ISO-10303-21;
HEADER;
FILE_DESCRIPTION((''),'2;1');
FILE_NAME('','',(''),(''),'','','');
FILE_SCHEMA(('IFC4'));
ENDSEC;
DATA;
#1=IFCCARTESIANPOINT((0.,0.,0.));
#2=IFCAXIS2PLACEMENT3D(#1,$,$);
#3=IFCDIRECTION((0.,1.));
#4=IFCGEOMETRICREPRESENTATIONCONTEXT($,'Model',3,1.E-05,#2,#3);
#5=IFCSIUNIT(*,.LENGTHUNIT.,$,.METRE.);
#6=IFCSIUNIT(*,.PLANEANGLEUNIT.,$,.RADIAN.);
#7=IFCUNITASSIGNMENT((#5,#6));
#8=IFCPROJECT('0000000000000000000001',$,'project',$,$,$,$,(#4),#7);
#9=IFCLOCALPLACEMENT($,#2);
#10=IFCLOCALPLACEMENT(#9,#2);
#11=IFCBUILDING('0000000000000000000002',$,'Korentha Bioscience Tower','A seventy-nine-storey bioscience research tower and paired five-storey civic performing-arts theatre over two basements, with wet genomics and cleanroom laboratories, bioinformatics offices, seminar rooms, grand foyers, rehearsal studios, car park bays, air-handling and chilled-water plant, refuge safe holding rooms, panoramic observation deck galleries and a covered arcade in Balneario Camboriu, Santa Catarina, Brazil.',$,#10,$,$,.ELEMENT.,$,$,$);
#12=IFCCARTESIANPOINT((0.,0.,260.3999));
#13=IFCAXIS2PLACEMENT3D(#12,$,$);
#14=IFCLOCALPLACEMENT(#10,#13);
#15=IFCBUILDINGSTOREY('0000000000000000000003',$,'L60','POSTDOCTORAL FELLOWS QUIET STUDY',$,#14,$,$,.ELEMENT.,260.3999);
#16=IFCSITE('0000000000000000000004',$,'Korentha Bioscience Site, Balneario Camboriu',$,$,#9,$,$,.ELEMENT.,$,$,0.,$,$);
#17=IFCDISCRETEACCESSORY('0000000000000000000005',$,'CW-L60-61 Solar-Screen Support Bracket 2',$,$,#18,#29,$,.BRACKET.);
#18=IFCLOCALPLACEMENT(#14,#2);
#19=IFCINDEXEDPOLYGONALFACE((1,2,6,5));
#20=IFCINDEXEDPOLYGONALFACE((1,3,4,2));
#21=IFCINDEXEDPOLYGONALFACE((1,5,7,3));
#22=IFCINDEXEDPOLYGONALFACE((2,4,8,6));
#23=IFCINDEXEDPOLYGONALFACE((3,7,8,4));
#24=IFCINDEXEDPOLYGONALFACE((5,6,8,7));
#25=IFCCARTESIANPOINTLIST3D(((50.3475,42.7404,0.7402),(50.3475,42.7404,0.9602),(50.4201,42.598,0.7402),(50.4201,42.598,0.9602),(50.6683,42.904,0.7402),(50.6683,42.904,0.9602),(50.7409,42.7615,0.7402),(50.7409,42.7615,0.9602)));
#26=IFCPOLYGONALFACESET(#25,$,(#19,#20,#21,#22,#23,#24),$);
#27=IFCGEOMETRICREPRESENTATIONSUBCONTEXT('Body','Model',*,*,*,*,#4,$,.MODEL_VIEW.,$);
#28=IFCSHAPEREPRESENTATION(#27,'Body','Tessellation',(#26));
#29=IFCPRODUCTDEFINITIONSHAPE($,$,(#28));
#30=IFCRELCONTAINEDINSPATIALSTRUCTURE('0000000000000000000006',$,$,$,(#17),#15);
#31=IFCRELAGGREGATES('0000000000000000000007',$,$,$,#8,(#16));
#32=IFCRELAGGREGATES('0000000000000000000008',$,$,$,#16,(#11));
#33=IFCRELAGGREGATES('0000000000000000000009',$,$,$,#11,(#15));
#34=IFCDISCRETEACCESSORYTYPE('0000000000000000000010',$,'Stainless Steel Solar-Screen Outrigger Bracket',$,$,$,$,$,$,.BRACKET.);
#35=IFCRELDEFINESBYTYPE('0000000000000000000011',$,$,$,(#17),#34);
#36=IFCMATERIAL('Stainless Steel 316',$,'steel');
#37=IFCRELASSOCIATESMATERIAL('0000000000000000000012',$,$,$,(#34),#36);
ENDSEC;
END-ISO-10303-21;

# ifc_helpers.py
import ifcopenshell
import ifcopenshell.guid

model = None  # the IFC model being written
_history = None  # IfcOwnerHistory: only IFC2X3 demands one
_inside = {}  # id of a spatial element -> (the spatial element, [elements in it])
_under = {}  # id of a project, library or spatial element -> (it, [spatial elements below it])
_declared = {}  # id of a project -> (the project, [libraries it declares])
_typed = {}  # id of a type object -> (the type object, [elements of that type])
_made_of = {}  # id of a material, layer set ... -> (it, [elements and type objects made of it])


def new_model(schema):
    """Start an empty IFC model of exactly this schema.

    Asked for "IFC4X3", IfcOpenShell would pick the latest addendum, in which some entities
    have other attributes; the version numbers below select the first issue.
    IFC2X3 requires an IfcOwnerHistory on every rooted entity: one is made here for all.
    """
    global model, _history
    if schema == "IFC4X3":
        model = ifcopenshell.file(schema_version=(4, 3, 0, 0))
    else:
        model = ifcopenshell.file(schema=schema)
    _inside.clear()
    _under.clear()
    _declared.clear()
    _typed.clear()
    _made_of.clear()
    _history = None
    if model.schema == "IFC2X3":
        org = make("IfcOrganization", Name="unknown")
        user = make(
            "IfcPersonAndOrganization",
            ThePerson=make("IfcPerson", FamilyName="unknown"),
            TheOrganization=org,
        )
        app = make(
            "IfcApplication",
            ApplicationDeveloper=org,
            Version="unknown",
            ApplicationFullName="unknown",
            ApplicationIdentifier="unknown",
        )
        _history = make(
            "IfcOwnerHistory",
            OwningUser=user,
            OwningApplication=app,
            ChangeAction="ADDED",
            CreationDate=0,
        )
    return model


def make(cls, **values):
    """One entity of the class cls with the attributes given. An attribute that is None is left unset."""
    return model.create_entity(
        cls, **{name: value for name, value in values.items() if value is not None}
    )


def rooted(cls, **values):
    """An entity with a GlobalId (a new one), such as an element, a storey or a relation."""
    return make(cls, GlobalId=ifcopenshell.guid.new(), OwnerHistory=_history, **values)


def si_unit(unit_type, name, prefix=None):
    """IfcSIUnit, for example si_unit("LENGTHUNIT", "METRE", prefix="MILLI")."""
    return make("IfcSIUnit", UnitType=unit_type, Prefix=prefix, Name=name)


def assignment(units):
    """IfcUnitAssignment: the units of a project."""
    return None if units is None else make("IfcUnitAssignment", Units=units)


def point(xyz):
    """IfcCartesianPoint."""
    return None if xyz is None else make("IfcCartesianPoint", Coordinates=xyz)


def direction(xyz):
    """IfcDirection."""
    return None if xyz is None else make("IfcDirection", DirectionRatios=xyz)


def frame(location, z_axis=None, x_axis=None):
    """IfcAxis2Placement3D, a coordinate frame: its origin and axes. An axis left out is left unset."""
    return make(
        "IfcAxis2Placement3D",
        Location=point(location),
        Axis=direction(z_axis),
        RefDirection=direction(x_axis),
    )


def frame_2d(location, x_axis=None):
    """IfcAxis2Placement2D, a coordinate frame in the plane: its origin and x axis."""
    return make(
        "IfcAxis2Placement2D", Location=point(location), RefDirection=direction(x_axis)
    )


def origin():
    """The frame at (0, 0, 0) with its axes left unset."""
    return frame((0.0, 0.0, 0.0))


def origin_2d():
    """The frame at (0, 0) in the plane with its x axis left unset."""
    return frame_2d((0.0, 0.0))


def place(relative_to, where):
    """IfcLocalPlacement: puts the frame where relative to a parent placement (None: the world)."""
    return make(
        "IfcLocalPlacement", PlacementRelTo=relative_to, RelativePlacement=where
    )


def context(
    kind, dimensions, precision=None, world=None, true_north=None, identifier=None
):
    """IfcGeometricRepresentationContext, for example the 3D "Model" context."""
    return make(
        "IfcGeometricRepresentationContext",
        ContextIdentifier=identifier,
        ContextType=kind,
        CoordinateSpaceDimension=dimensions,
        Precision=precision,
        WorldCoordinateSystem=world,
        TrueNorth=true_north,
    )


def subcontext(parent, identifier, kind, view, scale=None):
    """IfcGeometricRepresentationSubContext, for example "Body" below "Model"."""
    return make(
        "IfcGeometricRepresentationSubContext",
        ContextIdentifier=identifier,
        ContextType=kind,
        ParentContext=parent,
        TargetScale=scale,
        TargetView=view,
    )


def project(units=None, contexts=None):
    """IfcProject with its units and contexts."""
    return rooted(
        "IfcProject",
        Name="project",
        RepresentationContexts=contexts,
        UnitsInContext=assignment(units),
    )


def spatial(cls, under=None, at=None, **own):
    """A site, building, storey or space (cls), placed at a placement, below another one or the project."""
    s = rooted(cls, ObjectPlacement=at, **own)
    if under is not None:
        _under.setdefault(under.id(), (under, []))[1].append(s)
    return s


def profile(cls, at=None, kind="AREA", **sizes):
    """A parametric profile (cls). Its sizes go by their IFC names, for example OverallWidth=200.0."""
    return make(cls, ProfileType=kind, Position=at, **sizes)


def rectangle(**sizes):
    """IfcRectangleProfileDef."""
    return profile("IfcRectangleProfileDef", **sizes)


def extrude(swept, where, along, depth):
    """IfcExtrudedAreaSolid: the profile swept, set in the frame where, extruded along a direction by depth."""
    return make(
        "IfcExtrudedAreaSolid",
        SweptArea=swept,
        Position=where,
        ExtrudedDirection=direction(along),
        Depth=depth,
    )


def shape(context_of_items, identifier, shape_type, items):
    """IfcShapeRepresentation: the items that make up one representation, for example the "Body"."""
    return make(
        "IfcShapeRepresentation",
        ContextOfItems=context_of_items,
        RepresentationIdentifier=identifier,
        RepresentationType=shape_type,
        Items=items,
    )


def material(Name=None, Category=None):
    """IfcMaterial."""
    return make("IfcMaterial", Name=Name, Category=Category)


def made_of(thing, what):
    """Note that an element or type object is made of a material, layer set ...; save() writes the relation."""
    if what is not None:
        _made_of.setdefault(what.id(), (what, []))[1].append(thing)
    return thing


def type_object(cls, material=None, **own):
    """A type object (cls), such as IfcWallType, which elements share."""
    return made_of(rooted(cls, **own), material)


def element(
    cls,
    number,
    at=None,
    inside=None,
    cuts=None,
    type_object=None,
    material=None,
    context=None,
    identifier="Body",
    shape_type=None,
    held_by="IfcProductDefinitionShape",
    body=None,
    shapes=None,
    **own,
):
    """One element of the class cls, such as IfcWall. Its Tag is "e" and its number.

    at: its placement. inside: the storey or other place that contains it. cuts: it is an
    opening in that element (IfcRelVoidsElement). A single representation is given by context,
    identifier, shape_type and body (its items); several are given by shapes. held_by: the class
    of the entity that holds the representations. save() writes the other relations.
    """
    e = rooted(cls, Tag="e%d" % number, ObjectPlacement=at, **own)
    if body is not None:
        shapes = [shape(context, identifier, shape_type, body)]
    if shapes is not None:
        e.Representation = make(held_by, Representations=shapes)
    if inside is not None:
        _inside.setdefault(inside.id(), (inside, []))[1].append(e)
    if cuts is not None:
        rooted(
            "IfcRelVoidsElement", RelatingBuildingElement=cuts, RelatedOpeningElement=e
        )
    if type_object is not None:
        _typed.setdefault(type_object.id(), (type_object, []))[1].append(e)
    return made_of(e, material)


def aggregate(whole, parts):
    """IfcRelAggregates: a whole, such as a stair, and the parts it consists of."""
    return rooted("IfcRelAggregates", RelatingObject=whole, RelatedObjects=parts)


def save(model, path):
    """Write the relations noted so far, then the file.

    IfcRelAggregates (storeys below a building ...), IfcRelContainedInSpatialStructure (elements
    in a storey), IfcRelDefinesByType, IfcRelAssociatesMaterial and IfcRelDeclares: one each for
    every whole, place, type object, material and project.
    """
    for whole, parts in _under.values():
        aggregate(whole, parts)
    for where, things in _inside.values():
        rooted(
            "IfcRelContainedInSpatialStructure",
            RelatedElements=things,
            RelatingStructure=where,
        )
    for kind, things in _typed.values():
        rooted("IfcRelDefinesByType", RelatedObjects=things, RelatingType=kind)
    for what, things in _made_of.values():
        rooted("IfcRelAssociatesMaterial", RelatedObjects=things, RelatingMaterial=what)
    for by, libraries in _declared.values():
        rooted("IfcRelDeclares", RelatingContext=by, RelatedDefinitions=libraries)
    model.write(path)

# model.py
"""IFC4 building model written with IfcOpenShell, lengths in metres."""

from ifc_helpers import new_model, si_unit, direction, frame, origin, origin_2d, place, context, subcontext, project, spatial, rectangle, extrude, material, type_object, element, save


model = new_model("IFC4")

# Units and contexts
model_context = context("Model", 3, precision=1e-05, world=origin(), true_north=direction((0.0, 1.0)))
body_context = subcontext(model_context, "Body", "Model", "MODEL_VIEW")
ifc_project = project(units=[si_unit("LENGTHUNIT", "METRE"), si_unit("PLANEANGLEUNIT", "RADIAN")], contexts=[model_context])

# Site, building, storey
site_placement = place(None, origin())
site = spatial("IfcSite", under=ifc_project, at=site_placement, Name="Korentha Bioscience Site, Balneario Camboriu", CompositionType="ELEMENT", RefElevation=0.0)
building_placement = place(site_placement, origin())
building = spatial("IfcBuilding", under=site, at=building_placement, Name="Korentha Bioscience Tower", Description="A seventy-nine-storey bioscience research tower and paired five-storey civic performing-arts theatre over two basements, with wet genomics and cleanroom laboratories, bioinformatics offices, seminar rooms, grand foyers, rehearsal studios, car park bays, air-handling and chilled-water plant, refuge safe holding rooms, panoramic observation deck galleries and a covered arcade in Balneario Camboriu, Santa Catarina, Brazil.", CompositionType="ELEMENT")
storey_placement = place(building_placement, frame((0.0, 0.0, 260.3999)))
storey = spatial("IfcBuildingStorey", under=building, at=storey_placement, Name="L60", Description="POSTDOCTORAL FELLOWS QUIET STUDY", CompositionType="ELEMENT", Elevation=260.3999)

# Discrete accessory
ifc_material_1 = material(Name="Stainless Steel 316", Category="steel")
discrete_accessory_type = type_object("IfcDiscreteAccessoryType", Name="Stainless Steel Solar-Screen Outrigger Bracket", PredefinedType="BRACKET", material=ifc_material_1)
for number, where, z_axis, x_axis, name in (
    (1, (50.5442, 42.751, 0.7402), (0.0, 0.0, 1.0), (-0.454239, 0.89088, 0.0), "CW-L60-61 Solar-Screen Support Bracket 2"),
):
    element("IfcDiscreteAccessory", number, at=place(storey_placement, frame(where, z_axis=z_axis, x_axis=x_axis)), inside=storey, type_object=discrete_accessory_type, Name=name, PredefinedType="BRACKET", context=body_context, shape_type="SweptSolid", body=[
        extrude(rectangle(XDim=0.1599, YDim=0.3601, at=origin_2d()), origin(), (0.0, 0.0, 1.0), 0.22),
    ])

save(model, "model.ifc")
